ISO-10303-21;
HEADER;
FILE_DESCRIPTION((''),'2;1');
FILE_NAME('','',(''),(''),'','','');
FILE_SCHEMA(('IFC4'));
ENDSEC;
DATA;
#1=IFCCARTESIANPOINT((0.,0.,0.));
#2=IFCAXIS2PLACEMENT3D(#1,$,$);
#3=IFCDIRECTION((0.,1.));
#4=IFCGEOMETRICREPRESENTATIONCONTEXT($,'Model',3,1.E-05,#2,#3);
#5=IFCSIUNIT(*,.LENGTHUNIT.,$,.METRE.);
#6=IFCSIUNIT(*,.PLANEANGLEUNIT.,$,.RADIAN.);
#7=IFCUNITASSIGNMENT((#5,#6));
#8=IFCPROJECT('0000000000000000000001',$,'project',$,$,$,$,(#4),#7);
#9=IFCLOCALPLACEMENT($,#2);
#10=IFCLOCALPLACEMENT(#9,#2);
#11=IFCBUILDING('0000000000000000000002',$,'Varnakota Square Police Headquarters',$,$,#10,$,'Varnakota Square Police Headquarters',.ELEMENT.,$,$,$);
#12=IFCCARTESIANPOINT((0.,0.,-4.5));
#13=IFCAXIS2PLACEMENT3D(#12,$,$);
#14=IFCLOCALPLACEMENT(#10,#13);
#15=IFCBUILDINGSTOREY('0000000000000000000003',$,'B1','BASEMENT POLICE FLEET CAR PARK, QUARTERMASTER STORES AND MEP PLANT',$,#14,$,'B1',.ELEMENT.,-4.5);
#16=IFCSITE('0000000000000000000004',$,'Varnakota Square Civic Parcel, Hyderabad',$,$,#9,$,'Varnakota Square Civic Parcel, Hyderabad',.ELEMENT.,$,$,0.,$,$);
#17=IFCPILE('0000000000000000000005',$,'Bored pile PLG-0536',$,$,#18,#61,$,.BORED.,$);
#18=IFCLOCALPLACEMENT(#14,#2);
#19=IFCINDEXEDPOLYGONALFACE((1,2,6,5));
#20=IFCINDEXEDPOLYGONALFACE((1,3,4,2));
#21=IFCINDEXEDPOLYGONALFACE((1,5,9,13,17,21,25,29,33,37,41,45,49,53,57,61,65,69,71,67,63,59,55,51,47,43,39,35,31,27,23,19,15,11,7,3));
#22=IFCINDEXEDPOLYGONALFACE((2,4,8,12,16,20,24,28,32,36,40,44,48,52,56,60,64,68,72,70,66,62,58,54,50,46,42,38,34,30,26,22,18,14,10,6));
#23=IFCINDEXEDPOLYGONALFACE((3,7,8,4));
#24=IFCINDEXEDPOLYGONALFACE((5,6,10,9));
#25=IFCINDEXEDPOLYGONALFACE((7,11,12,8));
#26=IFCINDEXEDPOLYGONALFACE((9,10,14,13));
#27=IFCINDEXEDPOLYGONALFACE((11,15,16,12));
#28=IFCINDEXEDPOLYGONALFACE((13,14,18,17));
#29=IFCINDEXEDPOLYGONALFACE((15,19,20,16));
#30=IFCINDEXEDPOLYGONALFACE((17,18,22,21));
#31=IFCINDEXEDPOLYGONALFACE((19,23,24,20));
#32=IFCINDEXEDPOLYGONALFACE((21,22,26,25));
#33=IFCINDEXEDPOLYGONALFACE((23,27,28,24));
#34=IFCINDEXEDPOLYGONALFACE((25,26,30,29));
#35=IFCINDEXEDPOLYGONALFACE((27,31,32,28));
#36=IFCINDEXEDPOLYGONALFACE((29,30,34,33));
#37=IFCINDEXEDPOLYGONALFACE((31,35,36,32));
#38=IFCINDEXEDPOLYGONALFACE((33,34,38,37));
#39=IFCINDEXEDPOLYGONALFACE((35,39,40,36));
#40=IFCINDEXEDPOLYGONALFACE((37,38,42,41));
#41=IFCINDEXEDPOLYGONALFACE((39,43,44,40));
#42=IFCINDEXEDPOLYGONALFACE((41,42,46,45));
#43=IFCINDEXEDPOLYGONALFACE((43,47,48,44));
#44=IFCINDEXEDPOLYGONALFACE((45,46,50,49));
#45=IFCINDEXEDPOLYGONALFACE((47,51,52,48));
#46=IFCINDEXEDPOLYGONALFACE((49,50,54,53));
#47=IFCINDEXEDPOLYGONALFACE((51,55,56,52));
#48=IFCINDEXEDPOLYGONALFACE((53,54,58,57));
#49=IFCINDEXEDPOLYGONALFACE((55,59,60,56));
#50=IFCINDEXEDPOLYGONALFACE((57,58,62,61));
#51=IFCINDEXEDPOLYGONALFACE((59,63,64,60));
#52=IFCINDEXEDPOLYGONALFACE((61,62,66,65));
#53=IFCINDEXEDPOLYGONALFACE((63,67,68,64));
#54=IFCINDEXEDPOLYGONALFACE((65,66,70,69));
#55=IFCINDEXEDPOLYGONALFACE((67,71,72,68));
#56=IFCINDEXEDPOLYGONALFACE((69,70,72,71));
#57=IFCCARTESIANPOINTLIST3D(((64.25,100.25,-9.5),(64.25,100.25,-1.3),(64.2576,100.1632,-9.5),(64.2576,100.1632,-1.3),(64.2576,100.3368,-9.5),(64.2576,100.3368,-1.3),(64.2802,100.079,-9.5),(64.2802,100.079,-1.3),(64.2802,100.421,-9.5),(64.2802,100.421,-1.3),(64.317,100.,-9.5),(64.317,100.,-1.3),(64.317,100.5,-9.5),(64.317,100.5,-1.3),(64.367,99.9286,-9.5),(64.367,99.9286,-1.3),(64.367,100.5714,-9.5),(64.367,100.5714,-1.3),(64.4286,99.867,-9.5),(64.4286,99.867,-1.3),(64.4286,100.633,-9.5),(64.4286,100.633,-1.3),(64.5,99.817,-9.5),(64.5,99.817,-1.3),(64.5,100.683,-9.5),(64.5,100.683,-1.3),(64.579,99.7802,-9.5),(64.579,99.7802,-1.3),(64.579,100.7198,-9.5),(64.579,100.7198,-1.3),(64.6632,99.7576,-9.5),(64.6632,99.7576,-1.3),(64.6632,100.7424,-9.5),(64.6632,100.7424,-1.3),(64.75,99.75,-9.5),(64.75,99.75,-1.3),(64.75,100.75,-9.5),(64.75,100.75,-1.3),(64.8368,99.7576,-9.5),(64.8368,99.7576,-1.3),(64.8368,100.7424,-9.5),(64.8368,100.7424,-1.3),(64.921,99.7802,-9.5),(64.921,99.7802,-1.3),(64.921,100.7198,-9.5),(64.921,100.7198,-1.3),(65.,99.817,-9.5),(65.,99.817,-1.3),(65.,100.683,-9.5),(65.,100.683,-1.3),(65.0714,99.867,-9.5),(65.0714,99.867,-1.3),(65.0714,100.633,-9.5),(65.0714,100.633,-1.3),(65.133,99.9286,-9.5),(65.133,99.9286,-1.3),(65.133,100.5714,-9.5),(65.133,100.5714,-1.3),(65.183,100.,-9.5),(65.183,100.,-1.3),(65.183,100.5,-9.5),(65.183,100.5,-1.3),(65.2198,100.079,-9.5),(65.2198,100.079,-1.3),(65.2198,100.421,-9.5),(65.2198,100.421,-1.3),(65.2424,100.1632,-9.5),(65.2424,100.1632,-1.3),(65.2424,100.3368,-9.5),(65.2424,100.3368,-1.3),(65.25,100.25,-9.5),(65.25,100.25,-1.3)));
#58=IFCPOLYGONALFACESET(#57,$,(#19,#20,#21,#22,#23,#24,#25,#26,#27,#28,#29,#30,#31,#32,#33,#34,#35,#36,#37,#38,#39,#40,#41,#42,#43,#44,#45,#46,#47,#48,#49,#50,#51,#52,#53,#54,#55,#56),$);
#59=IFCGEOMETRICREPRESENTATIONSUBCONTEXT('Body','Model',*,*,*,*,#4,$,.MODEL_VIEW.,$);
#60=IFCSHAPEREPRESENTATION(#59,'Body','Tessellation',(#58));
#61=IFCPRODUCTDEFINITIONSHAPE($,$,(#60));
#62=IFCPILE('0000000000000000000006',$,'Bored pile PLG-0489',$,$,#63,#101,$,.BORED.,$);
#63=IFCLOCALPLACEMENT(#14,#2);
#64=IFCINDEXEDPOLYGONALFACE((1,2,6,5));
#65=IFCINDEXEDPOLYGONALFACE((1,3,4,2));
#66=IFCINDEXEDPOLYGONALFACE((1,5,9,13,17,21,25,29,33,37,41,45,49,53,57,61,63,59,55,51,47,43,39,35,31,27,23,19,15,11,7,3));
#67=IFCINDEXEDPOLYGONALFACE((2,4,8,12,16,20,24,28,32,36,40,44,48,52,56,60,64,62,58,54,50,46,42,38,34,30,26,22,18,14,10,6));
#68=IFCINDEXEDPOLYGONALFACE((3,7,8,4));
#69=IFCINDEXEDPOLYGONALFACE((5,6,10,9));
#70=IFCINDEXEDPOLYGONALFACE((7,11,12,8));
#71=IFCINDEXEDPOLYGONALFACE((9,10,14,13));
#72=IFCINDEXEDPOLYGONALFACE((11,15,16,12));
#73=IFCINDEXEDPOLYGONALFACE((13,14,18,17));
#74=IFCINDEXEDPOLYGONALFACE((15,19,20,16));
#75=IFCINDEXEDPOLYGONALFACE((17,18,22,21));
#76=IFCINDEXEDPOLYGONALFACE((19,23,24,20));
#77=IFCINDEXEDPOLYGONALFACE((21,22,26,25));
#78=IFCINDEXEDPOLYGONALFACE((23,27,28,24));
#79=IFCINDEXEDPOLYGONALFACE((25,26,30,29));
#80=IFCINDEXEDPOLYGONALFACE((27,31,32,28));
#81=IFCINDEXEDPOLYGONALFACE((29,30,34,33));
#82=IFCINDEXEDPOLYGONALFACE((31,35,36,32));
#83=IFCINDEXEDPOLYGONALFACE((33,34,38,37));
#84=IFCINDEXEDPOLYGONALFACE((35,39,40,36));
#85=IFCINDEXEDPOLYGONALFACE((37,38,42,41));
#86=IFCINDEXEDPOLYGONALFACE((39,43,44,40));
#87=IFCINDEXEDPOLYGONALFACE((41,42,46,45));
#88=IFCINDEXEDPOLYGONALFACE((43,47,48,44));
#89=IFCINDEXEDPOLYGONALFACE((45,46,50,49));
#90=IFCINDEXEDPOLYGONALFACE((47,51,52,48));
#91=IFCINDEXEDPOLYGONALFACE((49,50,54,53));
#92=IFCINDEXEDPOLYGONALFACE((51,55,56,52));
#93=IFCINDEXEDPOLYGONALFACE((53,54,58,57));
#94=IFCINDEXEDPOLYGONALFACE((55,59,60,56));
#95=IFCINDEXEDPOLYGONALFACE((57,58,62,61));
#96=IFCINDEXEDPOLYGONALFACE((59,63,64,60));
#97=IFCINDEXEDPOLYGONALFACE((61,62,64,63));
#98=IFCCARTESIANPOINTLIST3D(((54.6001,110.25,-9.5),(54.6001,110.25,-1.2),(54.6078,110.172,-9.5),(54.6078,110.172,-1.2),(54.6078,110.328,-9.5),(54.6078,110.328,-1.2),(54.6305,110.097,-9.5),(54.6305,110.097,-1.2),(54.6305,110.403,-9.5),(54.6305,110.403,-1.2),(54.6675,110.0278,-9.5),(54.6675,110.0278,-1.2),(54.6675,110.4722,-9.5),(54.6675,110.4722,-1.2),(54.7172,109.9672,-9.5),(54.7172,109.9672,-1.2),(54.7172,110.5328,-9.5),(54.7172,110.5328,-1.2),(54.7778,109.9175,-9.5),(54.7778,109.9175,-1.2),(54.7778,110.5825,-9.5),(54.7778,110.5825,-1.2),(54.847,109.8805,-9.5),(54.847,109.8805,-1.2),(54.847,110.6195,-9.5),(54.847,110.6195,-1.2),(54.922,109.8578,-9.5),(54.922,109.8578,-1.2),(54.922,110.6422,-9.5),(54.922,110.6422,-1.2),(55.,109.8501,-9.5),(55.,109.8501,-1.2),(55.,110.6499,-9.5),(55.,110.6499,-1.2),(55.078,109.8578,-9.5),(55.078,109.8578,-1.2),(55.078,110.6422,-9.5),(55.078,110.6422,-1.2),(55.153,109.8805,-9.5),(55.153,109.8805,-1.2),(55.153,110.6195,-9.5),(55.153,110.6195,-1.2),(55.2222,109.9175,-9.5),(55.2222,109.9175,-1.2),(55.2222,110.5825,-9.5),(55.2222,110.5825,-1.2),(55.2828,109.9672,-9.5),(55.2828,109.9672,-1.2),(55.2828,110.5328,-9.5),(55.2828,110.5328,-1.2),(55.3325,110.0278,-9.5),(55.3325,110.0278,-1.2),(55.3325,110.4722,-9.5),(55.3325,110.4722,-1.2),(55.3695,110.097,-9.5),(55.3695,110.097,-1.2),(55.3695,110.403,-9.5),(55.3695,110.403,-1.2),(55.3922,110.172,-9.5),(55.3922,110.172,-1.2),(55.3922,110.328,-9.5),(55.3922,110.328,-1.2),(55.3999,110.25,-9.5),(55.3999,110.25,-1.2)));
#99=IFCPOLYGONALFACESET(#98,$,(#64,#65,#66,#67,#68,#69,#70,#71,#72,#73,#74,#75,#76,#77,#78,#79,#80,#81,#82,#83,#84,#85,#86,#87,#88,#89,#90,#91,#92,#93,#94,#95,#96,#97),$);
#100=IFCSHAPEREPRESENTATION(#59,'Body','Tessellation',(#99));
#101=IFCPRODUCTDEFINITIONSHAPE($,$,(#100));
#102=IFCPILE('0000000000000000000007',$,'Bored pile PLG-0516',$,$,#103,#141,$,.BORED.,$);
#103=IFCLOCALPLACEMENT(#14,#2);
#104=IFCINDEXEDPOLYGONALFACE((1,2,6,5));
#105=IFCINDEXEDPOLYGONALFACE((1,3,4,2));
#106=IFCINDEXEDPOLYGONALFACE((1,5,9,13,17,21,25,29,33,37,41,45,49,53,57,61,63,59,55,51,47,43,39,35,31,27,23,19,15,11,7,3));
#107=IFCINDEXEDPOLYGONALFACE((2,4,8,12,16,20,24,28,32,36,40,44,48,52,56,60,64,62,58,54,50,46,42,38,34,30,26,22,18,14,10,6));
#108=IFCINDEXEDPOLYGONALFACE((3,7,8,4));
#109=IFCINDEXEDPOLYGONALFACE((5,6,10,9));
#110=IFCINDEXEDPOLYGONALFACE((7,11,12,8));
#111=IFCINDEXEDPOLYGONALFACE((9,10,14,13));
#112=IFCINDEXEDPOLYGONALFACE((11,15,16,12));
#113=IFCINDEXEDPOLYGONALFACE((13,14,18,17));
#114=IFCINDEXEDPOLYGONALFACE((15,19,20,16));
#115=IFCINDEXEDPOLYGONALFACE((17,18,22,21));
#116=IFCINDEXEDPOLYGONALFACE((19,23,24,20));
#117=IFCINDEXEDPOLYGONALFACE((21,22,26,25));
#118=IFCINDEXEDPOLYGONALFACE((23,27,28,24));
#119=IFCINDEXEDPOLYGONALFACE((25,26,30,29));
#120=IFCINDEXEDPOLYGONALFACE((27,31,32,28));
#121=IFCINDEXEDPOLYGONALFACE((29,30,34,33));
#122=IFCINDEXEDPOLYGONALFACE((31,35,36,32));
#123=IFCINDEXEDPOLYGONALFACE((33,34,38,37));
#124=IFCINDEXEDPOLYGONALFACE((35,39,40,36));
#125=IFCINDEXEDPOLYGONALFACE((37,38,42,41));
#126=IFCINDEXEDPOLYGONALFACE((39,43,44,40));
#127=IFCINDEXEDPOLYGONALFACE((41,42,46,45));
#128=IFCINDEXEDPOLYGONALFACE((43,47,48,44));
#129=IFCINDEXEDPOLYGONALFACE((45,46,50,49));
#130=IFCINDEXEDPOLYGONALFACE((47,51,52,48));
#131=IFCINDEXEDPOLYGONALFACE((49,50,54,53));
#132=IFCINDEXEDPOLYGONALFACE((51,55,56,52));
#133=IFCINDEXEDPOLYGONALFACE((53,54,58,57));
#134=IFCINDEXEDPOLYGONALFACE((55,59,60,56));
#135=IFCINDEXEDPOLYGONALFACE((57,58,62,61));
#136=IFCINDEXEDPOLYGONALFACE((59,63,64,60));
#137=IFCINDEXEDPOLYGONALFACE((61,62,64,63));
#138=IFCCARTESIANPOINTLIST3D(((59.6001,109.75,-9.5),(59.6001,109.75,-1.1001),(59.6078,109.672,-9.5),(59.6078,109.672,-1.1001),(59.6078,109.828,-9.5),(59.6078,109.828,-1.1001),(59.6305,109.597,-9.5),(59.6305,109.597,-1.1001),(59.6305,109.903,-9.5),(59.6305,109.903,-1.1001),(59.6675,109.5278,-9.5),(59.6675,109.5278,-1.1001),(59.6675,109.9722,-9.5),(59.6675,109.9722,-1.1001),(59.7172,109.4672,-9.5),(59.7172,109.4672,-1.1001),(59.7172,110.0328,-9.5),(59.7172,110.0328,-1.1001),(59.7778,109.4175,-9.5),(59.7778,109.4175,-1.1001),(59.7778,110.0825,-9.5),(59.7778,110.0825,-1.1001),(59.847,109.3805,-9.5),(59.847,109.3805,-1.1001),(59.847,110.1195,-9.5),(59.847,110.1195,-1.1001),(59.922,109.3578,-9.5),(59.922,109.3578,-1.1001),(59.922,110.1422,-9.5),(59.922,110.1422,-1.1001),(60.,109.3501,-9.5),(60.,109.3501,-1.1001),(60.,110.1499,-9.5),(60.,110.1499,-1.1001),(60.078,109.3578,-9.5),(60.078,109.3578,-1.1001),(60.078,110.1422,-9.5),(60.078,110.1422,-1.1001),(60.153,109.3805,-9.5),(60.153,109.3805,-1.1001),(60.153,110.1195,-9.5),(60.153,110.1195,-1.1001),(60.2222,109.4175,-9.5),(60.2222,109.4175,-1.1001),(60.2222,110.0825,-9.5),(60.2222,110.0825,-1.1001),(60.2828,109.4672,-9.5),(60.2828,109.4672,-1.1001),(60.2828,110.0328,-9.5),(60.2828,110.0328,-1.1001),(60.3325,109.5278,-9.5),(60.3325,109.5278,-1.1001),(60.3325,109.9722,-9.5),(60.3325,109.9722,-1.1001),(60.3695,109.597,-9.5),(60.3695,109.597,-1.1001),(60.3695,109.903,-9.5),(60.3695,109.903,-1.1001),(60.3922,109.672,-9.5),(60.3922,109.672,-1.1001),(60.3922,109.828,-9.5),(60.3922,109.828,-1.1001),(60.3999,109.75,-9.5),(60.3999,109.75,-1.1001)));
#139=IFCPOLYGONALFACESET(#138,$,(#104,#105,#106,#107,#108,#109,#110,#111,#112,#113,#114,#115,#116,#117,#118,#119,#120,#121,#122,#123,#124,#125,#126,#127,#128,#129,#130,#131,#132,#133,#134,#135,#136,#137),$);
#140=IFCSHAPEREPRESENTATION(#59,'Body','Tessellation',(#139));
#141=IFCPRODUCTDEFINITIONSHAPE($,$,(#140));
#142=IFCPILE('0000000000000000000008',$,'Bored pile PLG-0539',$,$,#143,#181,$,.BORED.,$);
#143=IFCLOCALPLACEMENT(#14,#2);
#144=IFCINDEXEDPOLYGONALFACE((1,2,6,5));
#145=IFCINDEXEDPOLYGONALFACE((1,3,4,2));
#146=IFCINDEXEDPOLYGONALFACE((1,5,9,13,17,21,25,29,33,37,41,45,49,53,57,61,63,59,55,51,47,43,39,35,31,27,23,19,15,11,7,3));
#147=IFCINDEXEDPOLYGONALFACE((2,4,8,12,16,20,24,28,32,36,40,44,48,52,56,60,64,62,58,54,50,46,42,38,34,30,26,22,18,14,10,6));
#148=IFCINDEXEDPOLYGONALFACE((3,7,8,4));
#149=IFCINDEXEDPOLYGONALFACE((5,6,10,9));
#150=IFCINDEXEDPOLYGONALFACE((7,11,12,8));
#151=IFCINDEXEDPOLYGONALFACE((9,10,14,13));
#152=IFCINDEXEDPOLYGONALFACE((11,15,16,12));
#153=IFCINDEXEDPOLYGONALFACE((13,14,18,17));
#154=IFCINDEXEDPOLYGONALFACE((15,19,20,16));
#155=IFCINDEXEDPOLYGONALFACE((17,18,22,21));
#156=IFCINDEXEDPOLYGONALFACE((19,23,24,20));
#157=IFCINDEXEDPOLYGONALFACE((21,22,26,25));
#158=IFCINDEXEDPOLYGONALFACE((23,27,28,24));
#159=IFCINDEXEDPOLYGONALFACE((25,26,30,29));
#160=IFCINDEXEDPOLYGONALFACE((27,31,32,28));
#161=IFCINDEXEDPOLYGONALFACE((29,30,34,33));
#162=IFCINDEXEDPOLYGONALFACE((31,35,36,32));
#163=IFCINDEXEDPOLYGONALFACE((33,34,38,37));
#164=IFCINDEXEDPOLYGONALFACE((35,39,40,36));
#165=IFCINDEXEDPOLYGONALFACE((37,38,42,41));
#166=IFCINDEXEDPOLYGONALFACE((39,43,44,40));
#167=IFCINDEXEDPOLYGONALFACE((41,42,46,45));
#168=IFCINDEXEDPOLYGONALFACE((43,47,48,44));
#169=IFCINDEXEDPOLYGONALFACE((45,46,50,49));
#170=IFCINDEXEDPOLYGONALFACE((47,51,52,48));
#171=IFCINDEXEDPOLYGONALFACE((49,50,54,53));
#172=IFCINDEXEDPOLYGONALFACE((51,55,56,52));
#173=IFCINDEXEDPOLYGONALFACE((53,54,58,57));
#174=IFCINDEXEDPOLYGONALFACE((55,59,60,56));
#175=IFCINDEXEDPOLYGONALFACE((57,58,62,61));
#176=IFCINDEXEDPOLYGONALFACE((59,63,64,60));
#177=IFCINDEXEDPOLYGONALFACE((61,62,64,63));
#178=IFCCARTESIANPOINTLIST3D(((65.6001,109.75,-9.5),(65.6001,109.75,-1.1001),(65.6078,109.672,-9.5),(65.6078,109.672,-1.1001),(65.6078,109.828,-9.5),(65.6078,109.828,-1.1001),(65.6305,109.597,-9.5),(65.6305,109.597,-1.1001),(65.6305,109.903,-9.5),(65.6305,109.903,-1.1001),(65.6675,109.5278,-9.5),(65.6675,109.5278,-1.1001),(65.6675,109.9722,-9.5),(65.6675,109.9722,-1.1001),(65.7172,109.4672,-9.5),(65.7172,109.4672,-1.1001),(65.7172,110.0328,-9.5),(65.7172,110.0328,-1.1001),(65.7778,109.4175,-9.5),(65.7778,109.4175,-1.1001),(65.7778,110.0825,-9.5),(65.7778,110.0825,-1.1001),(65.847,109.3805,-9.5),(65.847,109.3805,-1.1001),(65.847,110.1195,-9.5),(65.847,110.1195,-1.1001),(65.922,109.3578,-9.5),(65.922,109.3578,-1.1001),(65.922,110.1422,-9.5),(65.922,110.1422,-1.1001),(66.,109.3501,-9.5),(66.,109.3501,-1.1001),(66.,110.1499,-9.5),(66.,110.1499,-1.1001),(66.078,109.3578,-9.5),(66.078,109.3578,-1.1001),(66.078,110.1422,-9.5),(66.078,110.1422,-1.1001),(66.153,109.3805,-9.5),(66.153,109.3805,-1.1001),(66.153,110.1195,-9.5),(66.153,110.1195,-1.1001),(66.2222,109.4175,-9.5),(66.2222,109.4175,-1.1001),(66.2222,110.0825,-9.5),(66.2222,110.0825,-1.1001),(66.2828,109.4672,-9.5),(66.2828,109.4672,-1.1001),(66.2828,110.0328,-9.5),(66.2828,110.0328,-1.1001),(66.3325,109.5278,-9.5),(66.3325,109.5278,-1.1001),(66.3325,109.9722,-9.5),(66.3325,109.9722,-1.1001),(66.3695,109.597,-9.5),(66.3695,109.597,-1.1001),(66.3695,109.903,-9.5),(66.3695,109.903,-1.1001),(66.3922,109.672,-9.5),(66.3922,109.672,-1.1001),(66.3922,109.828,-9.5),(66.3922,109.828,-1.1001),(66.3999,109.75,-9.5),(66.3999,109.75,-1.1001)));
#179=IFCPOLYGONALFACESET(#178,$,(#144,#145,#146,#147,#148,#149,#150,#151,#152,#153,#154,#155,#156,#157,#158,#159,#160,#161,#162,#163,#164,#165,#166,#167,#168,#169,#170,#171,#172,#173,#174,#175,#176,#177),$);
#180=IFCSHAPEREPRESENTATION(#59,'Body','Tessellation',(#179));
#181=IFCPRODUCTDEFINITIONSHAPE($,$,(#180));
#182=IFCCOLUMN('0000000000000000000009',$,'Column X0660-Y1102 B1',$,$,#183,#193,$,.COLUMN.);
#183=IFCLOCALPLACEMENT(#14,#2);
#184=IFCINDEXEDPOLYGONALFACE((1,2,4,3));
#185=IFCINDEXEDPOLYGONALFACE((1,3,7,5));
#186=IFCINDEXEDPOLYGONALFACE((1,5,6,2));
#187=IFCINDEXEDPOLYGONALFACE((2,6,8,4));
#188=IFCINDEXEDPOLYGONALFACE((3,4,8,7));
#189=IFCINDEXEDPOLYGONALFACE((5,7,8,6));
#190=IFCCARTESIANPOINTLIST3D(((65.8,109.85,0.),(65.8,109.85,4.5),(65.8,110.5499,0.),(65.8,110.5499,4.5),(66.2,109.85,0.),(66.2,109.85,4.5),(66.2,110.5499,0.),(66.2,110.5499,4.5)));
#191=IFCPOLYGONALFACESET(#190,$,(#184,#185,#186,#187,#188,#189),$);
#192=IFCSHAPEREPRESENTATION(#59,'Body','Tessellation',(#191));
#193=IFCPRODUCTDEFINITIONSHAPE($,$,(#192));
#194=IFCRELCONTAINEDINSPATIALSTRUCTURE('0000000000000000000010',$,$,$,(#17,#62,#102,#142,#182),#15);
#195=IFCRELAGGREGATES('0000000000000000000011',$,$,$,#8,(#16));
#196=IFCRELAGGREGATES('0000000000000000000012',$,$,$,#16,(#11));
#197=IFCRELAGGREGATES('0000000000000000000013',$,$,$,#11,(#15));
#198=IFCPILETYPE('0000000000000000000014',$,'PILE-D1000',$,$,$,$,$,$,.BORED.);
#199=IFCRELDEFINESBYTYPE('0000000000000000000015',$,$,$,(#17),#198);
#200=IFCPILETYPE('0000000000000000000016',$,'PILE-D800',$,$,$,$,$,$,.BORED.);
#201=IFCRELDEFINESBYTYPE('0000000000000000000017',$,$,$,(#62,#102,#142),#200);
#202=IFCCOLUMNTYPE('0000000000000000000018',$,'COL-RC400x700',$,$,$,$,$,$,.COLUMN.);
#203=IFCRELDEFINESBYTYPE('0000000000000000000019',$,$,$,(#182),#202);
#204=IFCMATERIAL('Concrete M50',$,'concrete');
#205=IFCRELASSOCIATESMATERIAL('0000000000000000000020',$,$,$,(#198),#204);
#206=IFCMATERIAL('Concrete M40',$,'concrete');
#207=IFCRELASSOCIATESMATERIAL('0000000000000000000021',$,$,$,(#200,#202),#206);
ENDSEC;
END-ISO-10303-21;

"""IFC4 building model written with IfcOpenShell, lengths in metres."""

from ifc_helpers import new_model, si_unit, direction, frame, origin, origin_2d, place, context, subcontext, project, spatial, rectangle, circle, extrude, material, material_profile, profile_set, type_object, element, save


model = new_model("IFC4")

# Units and contexts
model_context = context("Model", 3, precision=1e-05, world=origin(), true_north=direction((0.0, 1.0)))
body_context = subcontext(model_context, "Body", "Model", "MODEL_VIEW")
ifc_project = project(units=[si_unit("LENGTHUNIT", "METRE"), si_unit("PLANEANGLEUNIT", "RADIAN")], contexts=[model_context])

# Site, building, storey
site_placement = place(None, origin())
site = spatial("IfcSite", under=ifc_project, at=site_placement, Name="Varnakota Square Civic Parcel, Hyderabad", LongName="Varnakota Square Civic Parcel, Hyderabad", CompositionType="ELEMENT", RefElevation=0.0)
building_placement = place(site_placement, origin())
building = spatial("IfcBuilding", under=site, at=building_placement, Name="Varnakota Square Police Headquarters", LongName="Varnakota Square Police Headquarters", CompositionType="ELEMENT")
storey_placement = place(building_placement, frame((0.0, 0.0, -4.5)))
storey = spatial("IfcBuildingStorey", under=building, at=storey_placement, Name="B1", Description="BASEMENT POLICE FLEET CAR PARK, QUARTERMASTER STORES AND MEP PLANT", LongName="B1", CompositionType="ELEMENT", Elevation=-4.5)

# Shared definitions
ifc_material_1 = material(Name="Concrete M40", Category="concrete")
ifc_material_2 = material(Name="Concrete M50", Category="concrete")

# Piles
ifc_material_profile_1 = material_profile(ifc_material_2, circle(Radius=0.5, at=origin_2d()), Name="BORED PILE 1000")
ifc_profile_set_1 = profile_set([ifc_material_profile_1], Name="Concrete M50")
pile_type_1 = type_object("IfcPileType", Name="PILE-D1000", PredefinedType="BORED", material=ifc_profile_set_1)
for number, where, z_axis, x_axis, name in (
    (1, (64.75, 100.25, -1.3), (0.0, 0.0, -1.0), (1.0, 0.0, 0.0), "Bored pile PLG-0536"),
):
    element("IfcPile", number, at=place(storey_placement, frame(where, z_axis=z_axis, x_axis=x_axis)), inside=storey, type_object=pile_type_1, Name=name, PredefinedType="BORED", context=body_context, shape_type="SweptSolid", body=[
        extrude(circle(Radius=0.5, at=origin_2d()), origin(), (0.0, 0.0, 1.0), 8.2),
    ])
ifc_material_profile_2 = material_profile(ifc_material_1, circle(Radius=0.3999, at=origin_2d()), Name="BORED PILE 800")
ifc_profile_set_2 = profile_set([ifc_material_profile_2], Name="Concrete M40")
pile_type_2 = type_object("IfcPileType", Name="PILE-D800", PredefinedType="BORED", material=ifc_profile_set_2)
pile_placement = place(storey_placement, frame((55.0, 110.25, -1.2), z_axis=(0.0, 0.0, -1.0), x_axis=(1.0, 0.0, 0.0)))
element("IfcPile", 2, at=pile_placement, inside=storey, type_object=pile_type_2, Name="Bored pile PLG-0489", PredefinedType="BORED", context=body_context, shape_type="SweptSolid", body=[
    extrude(circle(Radius=0.3999, at=origin_2d()), origin(), (0.0, 0.0, 1.0), 8.3),
])
for number, where, z_axis, x_axis, name in (
    (3, (60.0, 109.75, -1.1001), (0.0, 0.0, -1.0), (1.0, 0.0, 0.0), "Bored pile PLG-0516"),
    (4, (66.0, 109.75, -1.1001), (0.0, 0.0, -1.0), (1.0, 0.0, 0.0), "Bored pile PLG-0539"),
):
    element("IfcPile", number, at=place(storey_placement, frame(where, z_axis=z_axis, x_axis=x_axis)), inside=storey, type_object=pile_type_2, Name=name, PredefinedType="BORED", context=body_context, shape_type="SweptSolid", body=[
        extrude(circle(Radius=0.3999, at=origin_2d()), origin(), (0.0, 0.0, 1.0), 8.3999),
    ])

# Column
ifc_material_profile_3 = material_profile(ifc_material_1, rectangle(XDim=0.3999, YDim=0.7, at=origin_2d()), Name="RC 400x700")
ifc_profile_set_3 = profile_set([ifc_material_profile_3], Name="Concrete M40")
column_type_1 = type_object("IfcColumnType", Name="COL-RC400x700", PredefinedType="COLUMN", material=ifc_profile_set_3)
column_1_placement = place(storey_placement, frame((66.0, 110.2, 0.0), z_axis=(0.0, 0.0, 1.0), x_axis=(1.0, 0.0, 0.0)))
element("IfcColumn", 5, at=column_1_placement, inside=storey, type_object=column_type_1, Name="Column X0660-Y1102 B1", PredefinedType="COLUMN", context=body_context, shape_type="SweptSolid", body=[
    extrude(rectangle(XDim=0.3999, YDim=0.7, at=origin_2d()), origin(), (0.0, 0.0, 1.0), 4.5),
])

save(model, "model.ifc")
